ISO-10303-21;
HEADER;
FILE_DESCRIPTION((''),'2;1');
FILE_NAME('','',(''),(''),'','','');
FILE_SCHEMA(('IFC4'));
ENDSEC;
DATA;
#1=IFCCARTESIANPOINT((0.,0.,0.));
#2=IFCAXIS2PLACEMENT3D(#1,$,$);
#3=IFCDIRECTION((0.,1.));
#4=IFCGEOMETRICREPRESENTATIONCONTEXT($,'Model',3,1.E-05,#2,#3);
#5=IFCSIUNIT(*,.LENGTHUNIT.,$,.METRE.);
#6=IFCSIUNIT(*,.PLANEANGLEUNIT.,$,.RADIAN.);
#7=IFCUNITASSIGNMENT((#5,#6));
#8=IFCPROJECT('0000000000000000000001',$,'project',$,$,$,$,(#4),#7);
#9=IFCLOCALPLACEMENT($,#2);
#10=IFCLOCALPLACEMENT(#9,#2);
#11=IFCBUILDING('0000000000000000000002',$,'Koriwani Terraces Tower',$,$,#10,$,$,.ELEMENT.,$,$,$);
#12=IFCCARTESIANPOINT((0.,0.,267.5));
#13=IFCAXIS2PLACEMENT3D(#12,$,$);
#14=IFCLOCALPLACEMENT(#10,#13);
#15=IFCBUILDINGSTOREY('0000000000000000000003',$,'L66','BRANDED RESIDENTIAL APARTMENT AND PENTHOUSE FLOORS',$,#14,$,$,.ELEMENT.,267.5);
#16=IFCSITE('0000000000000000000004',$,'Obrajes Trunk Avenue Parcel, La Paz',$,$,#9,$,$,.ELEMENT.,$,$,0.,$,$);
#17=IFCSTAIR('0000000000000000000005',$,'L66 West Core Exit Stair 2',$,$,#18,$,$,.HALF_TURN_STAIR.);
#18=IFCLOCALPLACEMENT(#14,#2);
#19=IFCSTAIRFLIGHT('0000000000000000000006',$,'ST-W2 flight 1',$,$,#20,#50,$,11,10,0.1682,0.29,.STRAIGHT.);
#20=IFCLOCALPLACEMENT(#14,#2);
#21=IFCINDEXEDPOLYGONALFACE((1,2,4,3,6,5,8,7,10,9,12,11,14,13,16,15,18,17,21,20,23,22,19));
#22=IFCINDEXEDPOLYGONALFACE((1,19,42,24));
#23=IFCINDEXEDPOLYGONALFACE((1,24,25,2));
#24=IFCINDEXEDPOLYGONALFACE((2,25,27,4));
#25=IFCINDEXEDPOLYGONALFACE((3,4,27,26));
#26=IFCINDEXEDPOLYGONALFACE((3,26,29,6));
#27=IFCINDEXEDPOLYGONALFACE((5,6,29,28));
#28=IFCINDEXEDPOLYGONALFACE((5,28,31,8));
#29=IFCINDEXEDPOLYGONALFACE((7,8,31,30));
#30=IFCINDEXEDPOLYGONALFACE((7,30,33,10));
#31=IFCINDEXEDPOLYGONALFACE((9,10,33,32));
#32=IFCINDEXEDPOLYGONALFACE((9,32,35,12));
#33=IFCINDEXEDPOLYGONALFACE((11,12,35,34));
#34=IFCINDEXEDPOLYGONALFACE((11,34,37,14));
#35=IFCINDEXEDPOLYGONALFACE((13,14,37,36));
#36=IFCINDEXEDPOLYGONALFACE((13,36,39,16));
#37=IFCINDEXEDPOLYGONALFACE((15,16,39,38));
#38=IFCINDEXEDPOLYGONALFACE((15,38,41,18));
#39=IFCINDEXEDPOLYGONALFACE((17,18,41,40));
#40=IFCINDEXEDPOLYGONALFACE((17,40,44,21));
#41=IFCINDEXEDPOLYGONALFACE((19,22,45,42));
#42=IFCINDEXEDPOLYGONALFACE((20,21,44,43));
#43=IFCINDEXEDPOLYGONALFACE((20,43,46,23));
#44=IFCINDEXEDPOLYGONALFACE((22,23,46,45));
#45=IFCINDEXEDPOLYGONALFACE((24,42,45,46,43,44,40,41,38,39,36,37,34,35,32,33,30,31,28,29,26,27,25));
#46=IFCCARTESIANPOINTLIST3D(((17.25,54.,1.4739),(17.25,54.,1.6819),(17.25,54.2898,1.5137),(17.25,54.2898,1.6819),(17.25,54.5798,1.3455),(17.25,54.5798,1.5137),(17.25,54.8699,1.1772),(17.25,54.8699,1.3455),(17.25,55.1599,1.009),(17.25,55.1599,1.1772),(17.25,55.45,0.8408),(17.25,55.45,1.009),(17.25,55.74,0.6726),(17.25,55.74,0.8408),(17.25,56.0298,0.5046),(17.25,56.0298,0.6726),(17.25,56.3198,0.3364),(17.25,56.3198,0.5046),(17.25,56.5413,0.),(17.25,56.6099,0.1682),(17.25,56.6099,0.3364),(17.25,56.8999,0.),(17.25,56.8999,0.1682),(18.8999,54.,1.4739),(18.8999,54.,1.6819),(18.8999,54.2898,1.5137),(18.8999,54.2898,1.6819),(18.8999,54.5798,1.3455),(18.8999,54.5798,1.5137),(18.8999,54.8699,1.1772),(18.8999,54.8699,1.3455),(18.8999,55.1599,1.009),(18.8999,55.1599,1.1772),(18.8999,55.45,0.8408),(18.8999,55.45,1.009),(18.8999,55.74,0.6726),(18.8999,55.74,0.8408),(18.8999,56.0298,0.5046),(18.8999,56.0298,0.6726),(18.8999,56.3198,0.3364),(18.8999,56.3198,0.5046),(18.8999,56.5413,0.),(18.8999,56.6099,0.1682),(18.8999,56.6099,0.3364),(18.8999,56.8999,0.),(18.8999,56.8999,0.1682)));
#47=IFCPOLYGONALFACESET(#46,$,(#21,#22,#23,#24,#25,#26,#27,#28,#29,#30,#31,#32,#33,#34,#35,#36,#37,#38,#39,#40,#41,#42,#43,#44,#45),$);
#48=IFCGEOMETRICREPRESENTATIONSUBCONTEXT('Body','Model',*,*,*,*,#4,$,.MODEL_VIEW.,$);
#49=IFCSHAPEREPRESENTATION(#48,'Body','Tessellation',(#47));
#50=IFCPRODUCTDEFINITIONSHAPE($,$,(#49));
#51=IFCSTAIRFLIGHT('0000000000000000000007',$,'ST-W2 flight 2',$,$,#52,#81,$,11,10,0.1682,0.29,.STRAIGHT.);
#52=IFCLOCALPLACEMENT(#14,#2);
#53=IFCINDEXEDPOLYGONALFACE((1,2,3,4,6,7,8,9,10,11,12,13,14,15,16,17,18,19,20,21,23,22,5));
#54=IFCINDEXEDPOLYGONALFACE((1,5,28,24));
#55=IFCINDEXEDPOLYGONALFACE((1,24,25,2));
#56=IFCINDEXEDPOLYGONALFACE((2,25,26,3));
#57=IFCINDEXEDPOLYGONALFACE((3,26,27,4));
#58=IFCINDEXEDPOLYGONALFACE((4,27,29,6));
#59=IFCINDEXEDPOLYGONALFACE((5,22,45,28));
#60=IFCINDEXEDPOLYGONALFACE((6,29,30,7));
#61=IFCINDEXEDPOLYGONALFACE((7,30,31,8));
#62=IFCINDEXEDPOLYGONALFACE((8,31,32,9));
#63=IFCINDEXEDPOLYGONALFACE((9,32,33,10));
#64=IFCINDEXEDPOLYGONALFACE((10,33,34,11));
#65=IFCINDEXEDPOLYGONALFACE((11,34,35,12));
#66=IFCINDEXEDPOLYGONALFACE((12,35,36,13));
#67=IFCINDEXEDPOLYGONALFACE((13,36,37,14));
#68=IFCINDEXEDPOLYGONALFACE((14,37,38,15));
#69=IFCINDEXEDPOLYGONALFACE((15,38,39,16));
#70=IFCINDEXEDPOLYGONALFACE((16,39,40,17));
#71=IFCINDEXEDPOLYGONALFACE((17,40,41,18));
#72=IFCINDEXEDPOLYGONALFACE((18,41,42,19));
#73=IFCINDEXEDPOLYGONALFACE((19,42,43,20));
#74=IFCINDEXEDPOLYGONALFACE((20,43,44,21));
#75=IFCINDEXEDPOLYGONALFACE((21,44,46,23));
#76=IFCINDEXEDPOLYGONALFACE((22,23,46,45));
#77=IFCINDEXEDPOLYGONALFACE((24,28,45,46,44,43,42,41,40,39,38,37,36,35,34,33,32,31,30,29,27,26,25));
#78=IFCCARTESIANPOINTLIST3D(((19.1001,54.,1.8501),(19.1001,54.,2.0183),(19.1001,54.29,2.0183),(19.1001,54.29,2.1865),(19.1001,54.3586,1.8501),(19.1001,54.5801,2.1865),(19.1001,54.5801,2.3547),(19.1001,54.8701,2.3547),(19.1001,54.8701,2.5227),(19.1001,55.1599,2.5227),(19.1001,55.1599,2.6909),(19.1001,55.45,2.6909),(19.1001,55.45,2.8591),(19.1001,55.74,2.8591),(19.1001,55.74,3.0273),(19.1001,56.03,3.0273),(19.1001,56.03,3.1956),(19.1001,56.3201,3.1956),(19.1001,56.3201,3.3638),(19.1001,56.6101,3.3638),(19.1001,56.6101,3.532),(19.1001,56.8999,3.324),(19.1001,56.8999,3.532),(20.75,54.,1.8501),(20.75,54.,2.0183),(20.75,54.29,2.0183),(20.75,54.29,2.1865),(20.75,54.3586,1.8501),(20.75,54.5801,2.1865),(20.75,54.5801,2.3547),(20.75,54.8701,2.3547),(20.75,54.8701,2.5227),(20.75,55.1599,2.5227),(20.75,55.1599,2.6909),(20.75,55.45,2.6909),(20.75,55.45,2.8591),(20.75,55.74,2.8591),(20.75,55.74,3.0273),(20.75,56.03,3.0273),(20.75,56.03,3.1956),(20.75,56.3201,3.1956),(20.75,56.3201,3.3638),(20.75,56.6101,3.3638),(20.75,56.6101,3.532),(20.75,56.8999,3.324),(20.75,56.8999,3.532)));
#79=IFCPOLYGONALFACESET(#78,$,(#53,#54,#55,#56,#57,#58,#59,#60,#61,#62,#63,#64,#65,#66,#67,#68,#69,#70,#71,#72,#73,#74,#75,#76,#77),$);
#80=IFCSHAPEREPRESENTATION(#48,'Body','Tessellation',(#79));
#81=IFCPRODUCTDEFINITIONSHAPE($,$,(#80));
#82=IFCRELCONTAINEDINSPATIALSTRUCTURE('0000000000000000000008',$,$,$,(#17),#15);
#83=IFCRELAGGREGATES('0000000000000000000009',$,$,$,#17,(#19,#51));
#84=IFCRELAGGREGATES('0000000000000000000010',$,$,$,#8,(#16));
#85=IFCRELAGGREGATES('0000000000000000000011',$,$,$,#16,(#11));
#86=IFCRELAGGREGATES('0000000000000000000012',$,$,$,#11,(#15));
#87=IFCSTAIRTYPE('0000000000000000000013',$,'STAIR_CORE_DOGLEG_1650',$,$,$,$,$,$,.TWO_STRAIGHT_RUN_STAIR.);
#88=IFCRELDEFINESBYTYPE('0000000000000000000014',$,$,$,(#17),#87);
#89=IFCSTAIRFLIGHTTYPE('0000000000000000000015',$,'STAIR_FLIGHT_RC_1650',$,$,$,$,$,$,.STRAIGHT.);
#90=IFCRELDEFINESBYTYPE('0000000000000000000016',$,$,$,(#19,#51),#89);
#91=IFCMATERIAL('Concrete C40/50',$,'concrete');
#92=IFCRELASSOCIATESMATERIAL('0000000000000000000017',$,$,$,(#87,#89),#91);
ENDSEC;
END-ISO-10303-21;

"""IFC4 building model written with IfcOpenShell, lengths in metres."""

from ifc_helpers import new_model, si_unit, direction, frame, origin, place, context, subcontext, project, spatial, polyline, outline, extrude, material, type_object, element, aggregate, save


model = new_model("IFC4")

# Units and contexts
model_context = context("Model", 3, precision=1e-05, world=origin(), true_north=direction((0.0, 1.0)))
body_context = subcontext(model_context, "Body", "Model", "MODEL_VIEW")
ifc_project = project(units=[si_unit("LENGTHUNIT", "METRE"), si_unit("PLANEANGLEUNIT", "RADIAN")], contexts=[model_context])

# Site, building, storey
site_placement = place(None, origin())
site = spatial("IfcSite", under=ifc_project, at=site_placement, Name="Obrajes Trunk Avenue Parcel, La Paz", CompositionType="ELEMENT", RefElevation=0.0)
building_placement = place(site_placement, origin())
building = spatial("IfcBuilding", under=site, at=building_placement, Name="Koriwani Terraces Tower", CompositionType="ELEMENT")
storey_placement = place(building_placement, frame((0.0, 0.0, 267.5)))
storey = spatial("IfcBuildingStorey", under=building, at=storey_placement, Name="L66", Description="BRANDED RESIDENTIAL APARTMENT AND PENTHOUSE FLOORS", CompositionType="ELEMENT", Elevation=267.5)

# Shared definitions
ifc_material_1 = material(Name="Concrete C40/50", Category="concrete")

# Stair, stair flights
stair_type = type_object("IfcStairType", Name="STAIR_CORE_DOGLEG_1650", PredefinedType="TWO_STRAIGHT_RUN_STAIR", material=ifc_material_1)
stair_placement = place(storey_placement, origin())
stair = element("IfcStair", 1, at=stair_placement, inside=storey, type_object=stair_type, Name="L66 West Core Exit Stair 2", PredefinedType="HALF_TURN_STAIR")
stair_flight_type = type_object("IfcStairFlightType", Name="STAIR_FLIGHT_RC_1650", PredefinedType="STRAIGHT", material=ifc_material_1)
stair_flight_1_placement = place(storey_placement, frame((18.075, 56.8999, 0.0), z_axis=(0.0, 0.0, 1.0), x_axis=(0.0, -1.0, 0.0)))
stair_flight_1 = element("IfcStairFlight", 2, at=stair_flight_1_placement, type_object=stair_flight_type, Name="ST-W2 flight 1", NumberOfRisers=11, NumberOfTreads=10, PredefinedType="STRAIGHT", RiserHeight=0.1682, TreadLength=0.29, context=body_context, shape_type="SweptSolid", body=[
    extrude(outline(polyline([(0.0, 0.0), (0.0, 0.1682), (0.29, 0.1682), (0.29, 0.3364), (0.5801, 0.3364), (0.5801, 0.5046), (0.8701, 0.5046), (0.8701, 0.6726), (1.1599, 0.6726), (1.1599, 0.8408), (1.45, 0.8408), (1.45, 1.009), (1.74, 1.009), (1.74, 1.1772), (2.03, 1.1772), (2.03, 1.3455), (2.3201, 1.3455), (2.3201, 1.5137), (2.6101, 1.5137), (2.6101, 1.6819), (2.8999, 1.6819), (2.8999, 1.8501), (2.8999, 1.4739), (0.3586, 0.0), (0.0, 0.0)])), frame((0.0, 0.825, 0.0), z_axis=(0.0, -1.0, 0.0), x_axis=(1.0, 0.0, 0.0)), (0.0, 0.0, 1.0), 1.6499),
])
stair_flight_2_placement = place(storey_placement, frame((19.925, 54.0, 1.8501), z_axis=(0.0, 0.0, 1.0), x_axis=(0.0, 1.0, 0.0)))
stair_flight_2 = element("IfcStairFlight", 3, at=stair_flight_2_placement, type_object=stair_flight_type, Name="ST-W2 flight 2", NumberOfRisers=11, NumberOfTreads=10, PredefinedType="STRAIGHT", RiserHeight=0.1682, TreadLength=0.29, context=body_context, shape_type="SweptSolid", body=[
    extrude(outline(polyline([(0.0, 0.0), (0.0, 0.1682), (0.29, 0.1682), (0.29, 0.3364), (0.5801, 0.3364), (0.5801, 0.5046), (0.8701, 0.5046), (0.8701, 0.6726), (1.1599, 0.6726), (1.1599, 0.8408), (1.45, 0.8408), (1.45, 1.009), (1.74, 1.009), (1.74, 1.1772), (2.03, 1.1772), (2.03, 1.3455), (2.3201, 1.3455), (2.3201, 1.5137), (2.6101, 1.5137), (2.6101, 1.6819), (2.8999, 1.6819), (2.8999, 1.8501), (2.8999, 1.4739), (0.3586, 0.0), (0.0, 0.0)])), frame((0.0, 0.825, 0.0), z_axis=(0.0, -1.0, 0.0), x_axis=(1.0, 0.0, 0.0)), (0.0, 0.0, 1.0), 1.6499),
])
aggregate(stair, [stair_flight_1, stair_flight_2])

save(model, "model.ifc")
